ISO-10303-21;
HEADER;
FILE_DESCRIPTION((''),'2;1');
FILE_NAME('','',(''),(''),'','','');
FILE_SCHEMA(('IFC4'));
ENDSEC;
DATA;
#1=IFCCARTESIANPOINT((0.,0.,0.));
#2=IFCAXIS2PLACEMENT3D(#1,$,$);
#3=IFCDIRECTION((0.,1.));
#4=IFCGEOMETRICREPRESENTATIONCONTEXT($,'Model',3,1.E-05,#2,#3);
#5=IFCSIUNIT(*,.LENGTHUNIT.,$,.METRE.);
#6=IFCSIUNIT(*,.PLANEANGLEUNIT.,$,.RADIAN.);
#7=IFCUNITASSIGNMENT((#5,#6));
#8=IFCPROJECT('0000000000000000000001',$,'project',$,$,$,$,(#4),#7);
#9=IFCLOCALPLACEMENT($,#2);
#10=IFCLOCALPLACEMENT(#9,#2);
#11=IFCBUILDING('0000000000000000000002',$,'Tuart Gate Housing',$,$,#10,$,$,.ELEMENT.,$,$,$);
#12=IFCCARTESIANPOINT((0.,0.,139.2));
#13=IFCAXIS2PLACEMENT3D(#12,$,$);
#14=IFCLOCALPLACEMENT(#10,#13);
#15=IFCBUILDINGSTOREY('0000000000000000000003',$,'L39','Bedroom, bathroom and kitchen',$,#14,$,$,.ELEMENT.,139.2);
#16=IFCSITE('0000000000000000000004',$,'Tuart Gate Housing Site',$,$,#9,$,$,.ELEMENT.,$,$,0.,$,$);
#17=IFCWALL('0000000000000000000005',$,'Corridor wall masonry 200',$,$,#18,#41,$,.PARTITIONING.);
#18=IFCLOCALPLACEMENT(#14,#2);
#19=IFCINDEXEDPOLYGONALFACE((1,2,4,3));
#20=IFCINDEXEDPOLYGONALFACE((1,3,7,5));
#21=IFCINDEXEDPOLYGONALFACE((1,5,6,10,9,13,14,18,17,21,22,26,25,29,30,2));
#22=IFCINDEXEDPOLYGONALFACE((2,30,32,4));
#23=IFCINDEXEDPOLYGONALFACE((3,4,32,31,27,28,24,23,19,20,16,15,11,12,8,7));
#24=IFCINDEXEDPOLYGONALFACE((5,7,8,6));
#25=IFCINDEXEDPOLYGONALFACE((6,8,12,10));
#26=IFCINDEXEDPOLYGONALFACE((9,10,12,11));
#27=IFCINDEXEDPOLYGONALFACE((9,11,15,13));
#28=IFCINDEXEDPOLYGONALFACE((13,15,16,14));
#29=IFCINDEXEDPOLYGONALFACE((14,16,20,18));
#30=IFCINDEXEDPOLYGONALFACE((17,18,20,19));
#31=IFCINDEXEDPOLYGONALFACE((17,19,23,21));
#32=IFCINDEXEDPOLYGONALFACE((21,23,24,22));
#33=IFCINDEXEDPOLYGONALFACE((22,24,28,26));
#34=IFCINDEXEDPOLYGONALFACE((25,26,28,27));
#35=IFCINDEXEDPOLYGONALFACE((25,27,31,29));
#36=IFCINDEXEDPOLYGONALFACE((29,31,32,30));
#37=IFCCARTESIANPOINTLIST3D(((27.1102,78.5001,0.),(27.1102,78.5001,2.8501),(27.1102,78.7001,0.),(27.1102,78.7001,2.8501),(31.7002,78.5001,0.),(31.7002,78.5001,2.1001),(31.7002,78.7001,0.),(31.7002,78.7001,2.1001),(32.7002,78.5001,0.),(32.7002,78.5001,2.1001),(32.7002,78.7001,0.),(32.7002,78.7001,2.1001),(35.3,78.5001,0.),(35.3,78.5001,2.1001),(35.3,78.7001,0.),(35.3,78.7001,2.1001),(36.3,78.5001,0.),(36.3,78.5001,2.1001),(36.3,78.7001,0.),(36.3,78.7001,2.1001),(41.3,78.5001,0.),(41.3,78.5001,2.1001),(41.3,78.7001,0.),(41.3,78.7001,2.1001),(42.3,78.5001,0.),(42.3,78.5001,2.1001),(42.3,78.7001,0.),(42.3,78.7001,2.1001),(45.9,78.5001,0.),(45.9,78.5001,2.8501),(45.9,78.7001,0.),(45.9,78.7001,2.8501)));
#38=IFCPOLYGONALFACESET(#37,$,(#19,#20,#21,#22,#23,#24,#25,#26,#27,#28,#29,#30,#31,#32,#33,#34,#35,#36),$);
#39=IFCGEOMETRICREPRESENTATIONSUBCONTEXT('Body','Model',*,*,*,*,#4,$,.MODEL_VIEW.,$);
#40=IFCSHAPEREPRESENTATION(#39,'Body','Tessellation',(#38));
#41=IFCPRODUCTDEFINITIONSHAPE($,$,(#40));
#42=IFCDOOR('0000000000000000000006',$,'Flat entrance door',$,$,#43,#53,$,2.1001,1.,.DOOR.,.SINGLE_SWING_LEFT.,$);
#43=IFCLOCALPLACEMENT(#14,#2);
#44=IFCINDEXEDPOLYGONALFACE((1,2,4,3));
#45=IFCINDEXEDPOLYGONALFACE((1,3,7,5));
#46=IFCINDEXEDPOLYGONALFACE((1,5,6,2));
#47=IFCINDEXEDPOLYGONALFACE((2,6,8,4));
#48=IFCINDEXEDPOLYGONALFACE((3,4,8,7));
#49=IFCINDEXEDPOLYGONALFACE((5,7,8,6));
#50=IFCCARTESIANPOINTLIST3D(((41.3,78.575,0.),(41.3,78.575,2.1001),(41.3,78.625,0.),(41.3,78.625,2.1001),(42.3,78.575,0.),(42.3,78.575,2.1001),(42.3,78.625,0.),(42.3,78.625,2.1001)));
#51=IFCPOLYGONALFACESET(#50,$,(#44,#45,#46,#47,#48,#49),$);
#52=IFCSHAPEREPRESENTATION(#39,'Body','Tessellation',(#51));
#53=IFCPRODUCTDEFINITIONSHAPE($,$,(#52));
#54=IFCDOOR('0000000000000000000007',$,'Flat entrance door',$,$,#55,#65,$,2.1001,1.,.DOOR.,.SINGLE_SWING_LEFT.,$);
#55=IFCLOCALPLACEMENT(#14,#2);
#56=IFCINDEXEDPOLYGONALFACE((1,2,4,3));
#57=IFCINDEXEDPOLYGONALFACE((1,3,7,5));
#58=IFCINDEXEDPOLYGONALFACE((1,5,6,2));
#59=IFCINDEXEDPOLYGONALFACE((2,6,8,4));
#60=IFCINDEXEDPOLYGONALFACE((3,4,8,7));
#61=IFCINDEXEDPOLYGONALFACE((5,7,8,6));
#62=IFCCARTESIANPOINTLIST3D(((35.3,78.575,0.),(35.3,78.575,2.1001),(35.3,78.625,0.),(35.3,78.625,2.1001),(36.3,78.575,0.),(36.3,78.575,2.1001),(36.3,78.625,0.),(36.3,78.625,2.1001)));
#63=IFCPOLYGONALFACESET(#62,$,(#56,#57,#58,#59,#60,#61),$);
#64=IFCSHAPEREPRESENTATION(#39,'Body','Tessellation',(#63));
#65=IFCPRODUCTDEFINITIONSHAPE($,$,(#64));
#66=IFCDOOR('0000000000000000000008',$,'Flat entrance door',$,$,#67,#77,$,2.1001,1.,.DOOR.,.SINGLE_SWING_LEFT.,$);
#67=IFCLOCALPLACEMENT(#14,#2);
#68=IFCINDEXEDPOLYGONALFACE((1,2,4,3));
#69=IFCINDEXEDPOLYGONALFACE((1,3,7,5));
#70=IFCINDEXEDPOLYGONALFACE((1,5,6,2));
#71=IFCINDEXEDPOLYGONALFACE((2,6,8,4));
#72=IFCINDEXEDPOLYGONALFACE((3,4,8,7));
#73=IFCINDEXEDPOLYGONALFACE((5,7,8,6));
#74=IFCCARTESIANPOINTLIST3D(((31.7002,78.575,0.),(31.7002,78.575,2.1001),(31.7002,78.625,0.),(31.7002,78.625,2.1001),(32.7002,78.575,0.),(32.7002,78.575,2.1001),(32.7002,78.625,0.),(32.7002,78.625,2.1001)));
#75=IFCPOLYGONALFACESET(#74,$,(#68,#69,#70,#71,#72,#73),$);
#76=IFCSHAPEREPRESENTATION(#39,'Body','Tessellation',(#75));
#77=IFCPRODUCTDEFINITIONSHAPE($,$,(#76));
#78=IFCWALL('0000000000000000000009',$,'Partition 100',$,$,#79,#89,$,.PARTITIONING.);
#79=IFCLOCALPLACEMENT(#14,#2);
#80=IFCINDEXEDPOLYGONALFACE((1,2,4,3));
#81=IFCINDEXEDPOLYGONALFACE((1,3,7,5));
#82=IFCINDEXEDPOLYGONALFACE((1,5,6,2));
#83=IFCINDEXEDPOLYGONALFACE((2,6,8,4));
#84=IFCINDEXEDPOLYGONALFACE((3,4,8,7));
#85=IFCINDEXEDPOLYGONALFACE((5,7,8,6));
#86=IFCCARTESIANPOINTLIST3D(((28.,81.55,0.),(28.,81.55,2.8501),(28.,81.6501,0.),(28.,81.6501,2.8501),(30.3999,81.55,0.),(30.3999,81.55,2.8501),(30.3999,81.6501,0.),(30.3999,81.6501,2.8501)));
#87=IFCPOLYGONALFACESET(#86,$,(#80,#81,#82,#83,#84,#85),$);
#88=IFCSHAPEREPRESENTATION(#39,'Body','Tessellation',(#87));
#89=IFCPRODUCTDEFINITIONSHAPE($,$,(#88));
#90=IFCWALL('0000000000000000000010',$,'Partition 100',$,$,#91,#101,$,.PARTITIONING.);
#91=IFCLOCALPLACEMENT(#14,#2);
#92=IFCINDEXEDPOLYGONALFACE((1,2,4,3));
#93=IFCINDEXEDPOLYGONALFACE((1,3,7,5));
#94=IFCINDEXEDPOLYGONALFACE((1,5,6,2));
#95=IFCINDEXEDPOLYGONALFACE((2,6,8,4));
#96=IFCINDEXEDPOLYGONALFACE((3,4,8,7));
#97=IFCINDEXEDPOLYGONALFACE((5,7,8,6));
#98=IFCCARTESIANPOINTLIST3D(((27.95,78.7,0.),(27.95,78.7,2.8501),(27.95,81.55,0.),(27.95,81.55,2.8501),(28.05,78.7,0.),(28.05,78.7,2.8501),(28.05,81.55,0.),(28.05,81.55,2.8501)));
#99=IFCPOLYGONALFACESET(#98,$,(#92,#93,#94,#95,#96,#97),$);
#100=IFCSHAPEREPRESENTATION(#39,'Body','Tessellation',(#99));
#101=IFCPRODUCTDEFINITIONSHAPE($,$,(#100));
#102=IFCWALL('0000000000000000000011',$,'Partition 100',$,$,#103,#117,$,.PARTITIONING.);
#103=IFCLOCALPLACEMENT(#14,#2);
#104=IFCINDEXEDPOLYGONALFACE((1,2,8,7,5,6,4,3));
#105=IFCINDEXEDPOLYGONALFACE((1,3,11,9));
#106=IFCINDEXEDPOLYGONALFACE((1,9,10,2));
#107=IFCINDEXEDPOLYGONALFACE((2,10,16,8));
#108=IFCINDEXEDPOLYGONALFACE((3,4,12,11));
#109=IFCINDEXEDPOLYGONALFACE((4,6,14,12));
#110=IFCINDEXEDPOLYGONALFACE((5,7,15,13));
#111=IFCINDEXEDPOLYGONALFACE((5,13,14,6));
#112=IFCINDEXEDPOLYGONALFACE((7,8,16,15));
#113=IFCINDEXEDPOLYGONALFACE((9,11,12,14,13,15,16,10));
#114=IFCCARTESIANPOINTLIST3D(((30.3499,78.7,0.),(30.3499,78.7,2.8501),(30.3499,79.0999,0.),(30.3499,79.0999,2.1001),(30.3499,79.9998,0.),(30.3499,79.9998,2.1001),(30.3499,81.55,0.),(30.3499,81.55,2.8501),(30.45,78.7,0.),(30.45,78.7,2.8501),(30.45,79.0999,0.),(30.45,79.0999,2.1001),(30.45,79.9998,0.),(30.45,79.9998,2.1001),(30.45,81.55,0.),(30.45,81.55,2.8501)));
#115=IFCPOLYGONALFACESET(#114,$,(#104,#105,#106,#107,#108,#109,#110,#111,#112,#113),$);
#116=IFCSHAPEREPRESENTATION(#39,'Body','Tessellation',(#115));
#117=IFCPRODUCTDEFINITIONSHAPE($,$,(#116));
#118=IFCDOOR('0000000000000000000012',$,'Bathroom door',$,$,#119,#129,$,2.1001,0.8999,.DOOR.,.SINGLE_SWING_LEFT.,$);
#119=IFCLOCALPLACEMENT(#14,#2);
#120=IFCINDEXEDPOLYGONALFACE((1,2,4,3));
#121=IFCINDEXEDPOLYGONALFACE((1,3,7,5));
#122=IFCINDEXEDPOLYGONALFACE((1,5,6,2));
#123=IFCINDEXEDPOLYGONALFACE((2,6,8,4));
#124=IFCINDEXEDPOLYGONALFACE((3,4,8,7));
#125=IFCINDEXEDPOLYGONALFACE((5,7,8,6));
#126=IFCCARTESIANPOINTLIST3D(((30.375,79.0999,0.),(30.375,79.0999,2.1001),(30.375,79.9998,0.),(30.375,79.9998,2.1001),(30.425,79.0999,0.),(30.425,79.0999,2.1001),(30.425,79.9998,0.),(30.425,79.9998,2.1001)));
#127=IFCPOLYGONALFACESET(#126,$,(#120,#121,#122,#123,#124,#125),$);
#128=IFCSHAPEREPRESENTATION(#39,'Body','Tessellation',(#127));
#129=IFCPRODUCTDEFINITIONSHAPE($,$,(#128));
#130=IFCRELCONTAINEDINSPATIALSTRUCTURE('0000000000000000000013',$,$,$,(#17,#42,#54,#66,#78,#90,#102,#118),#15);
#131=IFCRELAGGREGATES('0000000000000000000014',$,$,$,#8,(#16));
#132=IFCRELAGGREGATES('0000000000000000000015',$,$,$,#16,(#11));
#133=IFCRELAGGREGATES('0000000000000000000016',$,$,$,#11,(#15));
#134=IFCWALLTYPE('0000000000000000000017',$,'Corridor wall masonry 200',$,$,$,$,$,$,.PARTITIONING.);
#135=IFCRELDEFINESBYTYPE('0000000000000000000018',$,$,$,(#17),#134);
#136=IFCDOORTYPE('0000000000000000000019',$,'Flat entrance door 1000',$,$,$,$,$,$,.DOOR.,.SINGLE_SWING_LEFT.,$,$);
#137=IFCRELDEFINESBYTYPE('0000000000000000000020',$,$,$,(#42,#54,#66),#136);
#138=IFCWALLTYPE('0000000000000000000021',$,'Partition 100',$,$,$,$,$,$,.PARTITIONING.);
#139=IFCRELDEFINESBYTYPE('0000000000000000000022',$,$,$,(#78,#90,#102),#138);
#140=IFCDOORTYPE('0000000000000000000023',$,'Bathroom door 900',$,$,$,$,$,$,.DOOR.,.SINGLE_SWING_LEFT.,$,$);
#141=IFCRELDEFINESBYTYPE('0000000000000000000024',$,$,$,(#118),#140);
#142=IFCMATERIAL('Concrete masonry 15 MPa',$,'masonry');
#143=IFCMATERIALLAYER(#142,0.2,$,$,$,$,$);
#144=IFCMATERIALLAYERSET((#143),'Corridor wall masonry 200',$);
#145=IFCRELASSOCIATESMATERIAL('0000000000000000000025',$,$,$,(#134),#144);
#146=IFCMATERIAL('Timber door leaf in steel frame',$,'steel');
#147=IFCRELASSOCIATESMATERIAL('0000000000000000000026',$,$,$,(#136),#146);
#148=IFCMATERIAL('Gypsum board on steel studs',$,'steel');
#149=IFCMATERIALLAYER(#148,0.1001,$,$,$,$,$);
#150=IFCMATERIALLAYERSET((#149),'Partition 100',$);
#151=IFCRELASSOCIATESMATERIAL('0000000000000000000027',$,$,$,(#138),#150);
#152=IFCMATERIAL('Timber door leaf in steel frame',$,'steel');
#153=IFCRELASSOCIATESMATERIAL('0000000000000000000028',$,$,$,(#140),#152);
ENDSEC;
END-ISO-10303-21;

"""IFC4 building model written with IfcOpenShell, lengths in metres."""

from ifc_helpers import new_model, si_unit, direction, frame, frame_2d, origin, place, context, subcontext, project, spatial, rectangle, extrude, material, layer, layer_set, type_object, element, fill, save


model = new_model("IFC4")

# Units and contexts
model_context = context("Model", 3, precision=1e-05, world=origin(), true_north=direction((0.0, 1.0)))
body_context = subcontext(model_context, "Body", "Model", "MODEL_VIEW")
ifc_project = project(units=[si_unit("LENGTHUNIT", "METRE"), si_unit("PLANEANGLEUNIT", "RADIAN")], contexts=[model_context])

# Site, building, storey
site_placement = place(None, origin())
site = spatial("IfcSite", under=ifc_project, at=site_placement, Name="Tuart Gate Housing Site", CompositionType="ELEMENT", RefElevation=0.0)
building_placement = place(site_placement, origin())
building = spatial("IfcBuilding", under=site, at=building_placement, Name="Tuart Gate Housing", CompositionType="ELEMENT")
storey_placement = place(building_placement, frame((0.0, 0.0, 139.2)))
storey = spatial("IfcBuildingStorey", under=building, at=storey_placement, Name="L39", Description="Bedroom, bathroom and kitchen", CompositionType="ELEMENT", Elevation=139.2)

# Wall, openings, doors
ifc_material_1 = material(Name="Concrete masonry 15 MPa", Category="masonry")
ifc_layer_1 = layer(ifc_material_1, 0.2)
ifc_layer_set_1 = layer_set([ifc_layer_1], Name="Corridor wall masonry 200")
wall_type_1 = type_object("IfcWallType", Name="Corridor wall masonry 200", PredefinedType="PARTITIONING", material=ifc_layer_set_1)
wall_1_placement = place(storey_placement, frame((27.1101, 78.6001, 0.0), z_axis=(0.0, 0.0, 1.0), x_axis=(1.0, 0.0, 0.0)))
wall_1 = element("IfcWall", 1, at=wall_1_placement, inside=storey, type_object=wall_type_1, Name="Corridor wall masonry 200", PredefinedType="PARTITIONING", context=body_context, shape_type="SweptSolid", body=[
    extrude(rectangle(XDim=18.7898, YDim=0.2, at=frame_2d((9.395, 0.0))), origin(), (0.0, 0.0, 1.0), 2.8501),
])
opening_1_placement = place(wall_1_placement, frame((14.1899, 0.0, 0.0)))
opening_1 = element("IfcOpeningElement", 2, at=opening_1_placement, cuts=wall_1, PredefinedType="OPENING", context=body_context, shape_type="SweptSolid", body=[
    extrude(rectangle(XDim=1.0, YDim=2.1001, at=frame_2d((0.5, 1.05))), frame((0.0, 0.1099, 0.0), z_axis=(0.0, -1.0, 0.0), x_axis=(1.0, 0.0, 0.0)), (0.0, 0.0, 1.0), 0.22),
])
opening_2_placement = place(wall_1_placement, frame((8.1899, 0.0, 0.0)))
opening_2 = element("IfcOpeningElement", 3, at=opening_2_placement, cuts=wall_1, PredefinedType="OPENING", context=body_context, shape_type="SweptSolid", body=[
    extrude(rectangle(XDim=1.0, YDim=2.1001, at=frame_2d((0.5, 1.05))), frame((0.0, 0.1099, 0.0), z_axis=(0.0, -1.0, 0.0), x_axis=(1.0, 0.0, 0.0)), (0.0, 0.0, 1.0), 0.22),
])
opening_3_placement = place(wall_1_placement, frame((4.5901, 0.0, 0.0)))
opening_3 = element("IfcOpeningElement", 4, at=opening_3_placement, cuts=wall_1, PredefinedType="OPENING", context=body_context, shape_type="SweptSolid", body=[
    extrude(rectangle(XDim=1.0, YDim=2.1001, at=frame_2d((0.5, 1.05))), frame((0.0, 0.1099, 0.0), z_axis=(0.0, -1.0, 0.0), x_axis=(1.0, 0.0, 0.0)), (0.0, 0.0, 1.0), 0.22),
])
ifc_material_2 = material(Name="Timber door leaf in steel frame", Category="steel")
door_type_1 = type_object("IfcDoorType", Name="Flat entrance door 1000", OperationType="SINGLE_SWING_LEFT", PredefinedType="DOOR", material=ifc_material_2)
door_1_placement = place(opening_1_placement, origin())
door_1 = element("IfcDoor", 5, at=door_1_placement, inside=storey, type_object=door_type_1, Name="Flat entrance door", OperationType="SINGLE_SWING_LEFT", OverallHeight=2.1001, OverallWidth=1.0, PredefinedType="DOOR", context=body_context, shape_type="SweptSolid", body=[
    extrude(rectangle(XDim=1.0, YDim=2.1001, at=frame_2d((0.5, 1.05))), frame((0.0, 0.0249, 0.0), z_axis=(0.0, -1.0, 0.0), x_axis=(1.0, 0.0, 0.0)), (0.0, 0.0, 1.0), 0.05),
])
fill(opening_1, door_1)
door_2_placement = place(opening_2_placement, origin())
door_2 = element("IfcDoor", 6, at=door_2_placement, inside=storey, type_object=door_type_1, Name="Flat entrance door", OperationType="SINGLE_SWING_LEFT", OverallHeight=2.1001, OverallWidth=1.0, PredefinedType="DOOR", context=body_context, shape_type="SweptSolid", body=[
    extrude(rectangle(XDim=1.0, YDim=2.1001, at=frame_2d((0.5, 1.05))), frame((0.0, 0.0249, 0.0), z_axis=(0.0, -1.0, 0.0), x_axis=(1.0, 0.0, 0.0)), (0.0, 0.0, 1.0), 0.05),
])
fill(opening_2, door_2)
door_3_placement = place(opening_3_placement, origin())
door_3 = element("IfcDoor", 7, at=door_3_placement, inside=storey, type_object=door_type_1, Name="Flat entrance door", OperationType="SINGLE_SWING_LEFT", OverallHeight=2.1001, OverallWidth=1.0, PredefinedType="DOOR", context=body_context, shape_type="SweptSolid", body=[
    extrude(rectangle(XDim=1.0, YDim=2.1001, at=frame_2d((0.5, 1.05))), frame((0.0, 0.0249, 0.0), z_axis=(0.0, -1.0, 0.0), x_axis=(1.0, 0.0, 0.0)), (0.0, 0.0, 1.0), 0.05),
])
fill(opening_3, door_3)

# Walls
ifc_material_3 = material(Name="Gypsum board on steel studs", Category="steel")
ifc_layer_2 = layer(ifc_material_3, 0.1001)
ifc_layer_set_2 = layer_set([ifc_layer_2], Name="Partition 100")
wall_type_2 = type_object("IfcWallType", Name="Partition 100", PredefinedType="PARTITIONING", material=ifc_layer_set_2)
wall_2_placement = place(storey_placement, frame((28.0, 81.6001, 0.0), z_axis=(0.0, 0.0, 1.0), x_axis=(1.0, 0.0, 0.0)))
element("IfcWall", 8, at=wall_2_placement, inside=storey, type_object=wall_type_2, Name="Partition 100", PredefinedType="PARTITIONING", context=body_context, shape_type="SweptSolid", body=[
    extrude(rectangle(XDim=2.3999, YDim=0.1001, at=frame_2d((1.2, 0.0))), origin(), (0.0, 0.0, 1.0), 2.8501),
])
wall_3_placement = place(storey_placement, frame((28.0, 78.7, 0.0), z_axis=(0.0, 0.0, 1.0), x_axis=(0.0, 1.0, 0.0)))
element("IfcWall", 9, at=wall_3_placement, inside=storey, type_object=wall_type_2, Name="Partition 100", PredefinedType="PARTITIONING", context=body_context, shape_type="SweptSolid", body=[
    extrude(rectangle(XDim=2.8501, YDim=0.1001, at=frame_2d((1.425, 0.0))), origin(), (0.0, 0.0, 1.0), 2.8501),
])

# Wall, opening, door
wall_4_placement = place(storey_placement, frame((30.3999, 78.7, 0.0), z_axis=(0.0, 0.0, 1.0), x_axis=(0.0, 1.0, 0.0)))
wall_4 = element("IfcWall", 10, at=wall_4_placement, inside=storey, type_object=wall_type_2, Name="Partition 100", PredefinedType="PARTITIONING", context=body_context, shape_type="SweptSolid", body=[
    extrude(rectangle(XDim=2.8501, YDim=0.1001, at=frame_2d((1.425, 0.0))), origin(), (0.0, 0.0, 1.0), 2.8501),
])
opening_4_placement = place(wall_4_placement, frame((0.3999, 0.0, 0.0)))
opening_4 = element("IfcOpeningElement", 11, at=opening_4_placement, cuts=wall_4, PredefinedType="OPENING", context=body_context, shape_type="SweptSolid", body=[
    extrude(rectangle(XDim=0.8999, YDim=2.1001, at=frame_2d((0.45, 1.05))), frame((0.0, 0.0601, 0.0), z_axis=(0.0, -1.0, 0.0), x_axis=(1.0, 0.0, 0.0)), (0.0, 0.0, 1.0), 0.1201),
])
ifc_material_4 = material(Name="Timber door leaf in steel frame", Category="steel")
door_type_2 = type_object("IfcDoorType", Name="Bathroom door 900", OperationType="SINGLE_SWING_LEFT", PredefinedType="DOOR", material=ifc_material_4)
door_4_placement = place(opening_4_placement, origin())
door_4 = element("IfcDoor", 12, at=door_4_placement, inside=storey, type_object=door_type_2, Name="Bathroom door", OperationType="SINGLE_SWING_LEFT", OverallHeight=2.1001, OverallWidth=0.8999, PredefinedType="DOOR", context=body_context, shape_type="SweptSolid", body=[
    extrude(rectangle(XDim=0.8999, YDim=2.1001, at=frame_2d((0.45, 1.05))), frame((0.0, 0.0249, 0.0), z_axis=(0.0, -1.0, 0.0), x_axis=(1.0, 0.0, 0.0)), (0.0, 0.0, 1.0), 0.05),
])
fill(opening_4, door_4)

save(model, "model.ifc")
